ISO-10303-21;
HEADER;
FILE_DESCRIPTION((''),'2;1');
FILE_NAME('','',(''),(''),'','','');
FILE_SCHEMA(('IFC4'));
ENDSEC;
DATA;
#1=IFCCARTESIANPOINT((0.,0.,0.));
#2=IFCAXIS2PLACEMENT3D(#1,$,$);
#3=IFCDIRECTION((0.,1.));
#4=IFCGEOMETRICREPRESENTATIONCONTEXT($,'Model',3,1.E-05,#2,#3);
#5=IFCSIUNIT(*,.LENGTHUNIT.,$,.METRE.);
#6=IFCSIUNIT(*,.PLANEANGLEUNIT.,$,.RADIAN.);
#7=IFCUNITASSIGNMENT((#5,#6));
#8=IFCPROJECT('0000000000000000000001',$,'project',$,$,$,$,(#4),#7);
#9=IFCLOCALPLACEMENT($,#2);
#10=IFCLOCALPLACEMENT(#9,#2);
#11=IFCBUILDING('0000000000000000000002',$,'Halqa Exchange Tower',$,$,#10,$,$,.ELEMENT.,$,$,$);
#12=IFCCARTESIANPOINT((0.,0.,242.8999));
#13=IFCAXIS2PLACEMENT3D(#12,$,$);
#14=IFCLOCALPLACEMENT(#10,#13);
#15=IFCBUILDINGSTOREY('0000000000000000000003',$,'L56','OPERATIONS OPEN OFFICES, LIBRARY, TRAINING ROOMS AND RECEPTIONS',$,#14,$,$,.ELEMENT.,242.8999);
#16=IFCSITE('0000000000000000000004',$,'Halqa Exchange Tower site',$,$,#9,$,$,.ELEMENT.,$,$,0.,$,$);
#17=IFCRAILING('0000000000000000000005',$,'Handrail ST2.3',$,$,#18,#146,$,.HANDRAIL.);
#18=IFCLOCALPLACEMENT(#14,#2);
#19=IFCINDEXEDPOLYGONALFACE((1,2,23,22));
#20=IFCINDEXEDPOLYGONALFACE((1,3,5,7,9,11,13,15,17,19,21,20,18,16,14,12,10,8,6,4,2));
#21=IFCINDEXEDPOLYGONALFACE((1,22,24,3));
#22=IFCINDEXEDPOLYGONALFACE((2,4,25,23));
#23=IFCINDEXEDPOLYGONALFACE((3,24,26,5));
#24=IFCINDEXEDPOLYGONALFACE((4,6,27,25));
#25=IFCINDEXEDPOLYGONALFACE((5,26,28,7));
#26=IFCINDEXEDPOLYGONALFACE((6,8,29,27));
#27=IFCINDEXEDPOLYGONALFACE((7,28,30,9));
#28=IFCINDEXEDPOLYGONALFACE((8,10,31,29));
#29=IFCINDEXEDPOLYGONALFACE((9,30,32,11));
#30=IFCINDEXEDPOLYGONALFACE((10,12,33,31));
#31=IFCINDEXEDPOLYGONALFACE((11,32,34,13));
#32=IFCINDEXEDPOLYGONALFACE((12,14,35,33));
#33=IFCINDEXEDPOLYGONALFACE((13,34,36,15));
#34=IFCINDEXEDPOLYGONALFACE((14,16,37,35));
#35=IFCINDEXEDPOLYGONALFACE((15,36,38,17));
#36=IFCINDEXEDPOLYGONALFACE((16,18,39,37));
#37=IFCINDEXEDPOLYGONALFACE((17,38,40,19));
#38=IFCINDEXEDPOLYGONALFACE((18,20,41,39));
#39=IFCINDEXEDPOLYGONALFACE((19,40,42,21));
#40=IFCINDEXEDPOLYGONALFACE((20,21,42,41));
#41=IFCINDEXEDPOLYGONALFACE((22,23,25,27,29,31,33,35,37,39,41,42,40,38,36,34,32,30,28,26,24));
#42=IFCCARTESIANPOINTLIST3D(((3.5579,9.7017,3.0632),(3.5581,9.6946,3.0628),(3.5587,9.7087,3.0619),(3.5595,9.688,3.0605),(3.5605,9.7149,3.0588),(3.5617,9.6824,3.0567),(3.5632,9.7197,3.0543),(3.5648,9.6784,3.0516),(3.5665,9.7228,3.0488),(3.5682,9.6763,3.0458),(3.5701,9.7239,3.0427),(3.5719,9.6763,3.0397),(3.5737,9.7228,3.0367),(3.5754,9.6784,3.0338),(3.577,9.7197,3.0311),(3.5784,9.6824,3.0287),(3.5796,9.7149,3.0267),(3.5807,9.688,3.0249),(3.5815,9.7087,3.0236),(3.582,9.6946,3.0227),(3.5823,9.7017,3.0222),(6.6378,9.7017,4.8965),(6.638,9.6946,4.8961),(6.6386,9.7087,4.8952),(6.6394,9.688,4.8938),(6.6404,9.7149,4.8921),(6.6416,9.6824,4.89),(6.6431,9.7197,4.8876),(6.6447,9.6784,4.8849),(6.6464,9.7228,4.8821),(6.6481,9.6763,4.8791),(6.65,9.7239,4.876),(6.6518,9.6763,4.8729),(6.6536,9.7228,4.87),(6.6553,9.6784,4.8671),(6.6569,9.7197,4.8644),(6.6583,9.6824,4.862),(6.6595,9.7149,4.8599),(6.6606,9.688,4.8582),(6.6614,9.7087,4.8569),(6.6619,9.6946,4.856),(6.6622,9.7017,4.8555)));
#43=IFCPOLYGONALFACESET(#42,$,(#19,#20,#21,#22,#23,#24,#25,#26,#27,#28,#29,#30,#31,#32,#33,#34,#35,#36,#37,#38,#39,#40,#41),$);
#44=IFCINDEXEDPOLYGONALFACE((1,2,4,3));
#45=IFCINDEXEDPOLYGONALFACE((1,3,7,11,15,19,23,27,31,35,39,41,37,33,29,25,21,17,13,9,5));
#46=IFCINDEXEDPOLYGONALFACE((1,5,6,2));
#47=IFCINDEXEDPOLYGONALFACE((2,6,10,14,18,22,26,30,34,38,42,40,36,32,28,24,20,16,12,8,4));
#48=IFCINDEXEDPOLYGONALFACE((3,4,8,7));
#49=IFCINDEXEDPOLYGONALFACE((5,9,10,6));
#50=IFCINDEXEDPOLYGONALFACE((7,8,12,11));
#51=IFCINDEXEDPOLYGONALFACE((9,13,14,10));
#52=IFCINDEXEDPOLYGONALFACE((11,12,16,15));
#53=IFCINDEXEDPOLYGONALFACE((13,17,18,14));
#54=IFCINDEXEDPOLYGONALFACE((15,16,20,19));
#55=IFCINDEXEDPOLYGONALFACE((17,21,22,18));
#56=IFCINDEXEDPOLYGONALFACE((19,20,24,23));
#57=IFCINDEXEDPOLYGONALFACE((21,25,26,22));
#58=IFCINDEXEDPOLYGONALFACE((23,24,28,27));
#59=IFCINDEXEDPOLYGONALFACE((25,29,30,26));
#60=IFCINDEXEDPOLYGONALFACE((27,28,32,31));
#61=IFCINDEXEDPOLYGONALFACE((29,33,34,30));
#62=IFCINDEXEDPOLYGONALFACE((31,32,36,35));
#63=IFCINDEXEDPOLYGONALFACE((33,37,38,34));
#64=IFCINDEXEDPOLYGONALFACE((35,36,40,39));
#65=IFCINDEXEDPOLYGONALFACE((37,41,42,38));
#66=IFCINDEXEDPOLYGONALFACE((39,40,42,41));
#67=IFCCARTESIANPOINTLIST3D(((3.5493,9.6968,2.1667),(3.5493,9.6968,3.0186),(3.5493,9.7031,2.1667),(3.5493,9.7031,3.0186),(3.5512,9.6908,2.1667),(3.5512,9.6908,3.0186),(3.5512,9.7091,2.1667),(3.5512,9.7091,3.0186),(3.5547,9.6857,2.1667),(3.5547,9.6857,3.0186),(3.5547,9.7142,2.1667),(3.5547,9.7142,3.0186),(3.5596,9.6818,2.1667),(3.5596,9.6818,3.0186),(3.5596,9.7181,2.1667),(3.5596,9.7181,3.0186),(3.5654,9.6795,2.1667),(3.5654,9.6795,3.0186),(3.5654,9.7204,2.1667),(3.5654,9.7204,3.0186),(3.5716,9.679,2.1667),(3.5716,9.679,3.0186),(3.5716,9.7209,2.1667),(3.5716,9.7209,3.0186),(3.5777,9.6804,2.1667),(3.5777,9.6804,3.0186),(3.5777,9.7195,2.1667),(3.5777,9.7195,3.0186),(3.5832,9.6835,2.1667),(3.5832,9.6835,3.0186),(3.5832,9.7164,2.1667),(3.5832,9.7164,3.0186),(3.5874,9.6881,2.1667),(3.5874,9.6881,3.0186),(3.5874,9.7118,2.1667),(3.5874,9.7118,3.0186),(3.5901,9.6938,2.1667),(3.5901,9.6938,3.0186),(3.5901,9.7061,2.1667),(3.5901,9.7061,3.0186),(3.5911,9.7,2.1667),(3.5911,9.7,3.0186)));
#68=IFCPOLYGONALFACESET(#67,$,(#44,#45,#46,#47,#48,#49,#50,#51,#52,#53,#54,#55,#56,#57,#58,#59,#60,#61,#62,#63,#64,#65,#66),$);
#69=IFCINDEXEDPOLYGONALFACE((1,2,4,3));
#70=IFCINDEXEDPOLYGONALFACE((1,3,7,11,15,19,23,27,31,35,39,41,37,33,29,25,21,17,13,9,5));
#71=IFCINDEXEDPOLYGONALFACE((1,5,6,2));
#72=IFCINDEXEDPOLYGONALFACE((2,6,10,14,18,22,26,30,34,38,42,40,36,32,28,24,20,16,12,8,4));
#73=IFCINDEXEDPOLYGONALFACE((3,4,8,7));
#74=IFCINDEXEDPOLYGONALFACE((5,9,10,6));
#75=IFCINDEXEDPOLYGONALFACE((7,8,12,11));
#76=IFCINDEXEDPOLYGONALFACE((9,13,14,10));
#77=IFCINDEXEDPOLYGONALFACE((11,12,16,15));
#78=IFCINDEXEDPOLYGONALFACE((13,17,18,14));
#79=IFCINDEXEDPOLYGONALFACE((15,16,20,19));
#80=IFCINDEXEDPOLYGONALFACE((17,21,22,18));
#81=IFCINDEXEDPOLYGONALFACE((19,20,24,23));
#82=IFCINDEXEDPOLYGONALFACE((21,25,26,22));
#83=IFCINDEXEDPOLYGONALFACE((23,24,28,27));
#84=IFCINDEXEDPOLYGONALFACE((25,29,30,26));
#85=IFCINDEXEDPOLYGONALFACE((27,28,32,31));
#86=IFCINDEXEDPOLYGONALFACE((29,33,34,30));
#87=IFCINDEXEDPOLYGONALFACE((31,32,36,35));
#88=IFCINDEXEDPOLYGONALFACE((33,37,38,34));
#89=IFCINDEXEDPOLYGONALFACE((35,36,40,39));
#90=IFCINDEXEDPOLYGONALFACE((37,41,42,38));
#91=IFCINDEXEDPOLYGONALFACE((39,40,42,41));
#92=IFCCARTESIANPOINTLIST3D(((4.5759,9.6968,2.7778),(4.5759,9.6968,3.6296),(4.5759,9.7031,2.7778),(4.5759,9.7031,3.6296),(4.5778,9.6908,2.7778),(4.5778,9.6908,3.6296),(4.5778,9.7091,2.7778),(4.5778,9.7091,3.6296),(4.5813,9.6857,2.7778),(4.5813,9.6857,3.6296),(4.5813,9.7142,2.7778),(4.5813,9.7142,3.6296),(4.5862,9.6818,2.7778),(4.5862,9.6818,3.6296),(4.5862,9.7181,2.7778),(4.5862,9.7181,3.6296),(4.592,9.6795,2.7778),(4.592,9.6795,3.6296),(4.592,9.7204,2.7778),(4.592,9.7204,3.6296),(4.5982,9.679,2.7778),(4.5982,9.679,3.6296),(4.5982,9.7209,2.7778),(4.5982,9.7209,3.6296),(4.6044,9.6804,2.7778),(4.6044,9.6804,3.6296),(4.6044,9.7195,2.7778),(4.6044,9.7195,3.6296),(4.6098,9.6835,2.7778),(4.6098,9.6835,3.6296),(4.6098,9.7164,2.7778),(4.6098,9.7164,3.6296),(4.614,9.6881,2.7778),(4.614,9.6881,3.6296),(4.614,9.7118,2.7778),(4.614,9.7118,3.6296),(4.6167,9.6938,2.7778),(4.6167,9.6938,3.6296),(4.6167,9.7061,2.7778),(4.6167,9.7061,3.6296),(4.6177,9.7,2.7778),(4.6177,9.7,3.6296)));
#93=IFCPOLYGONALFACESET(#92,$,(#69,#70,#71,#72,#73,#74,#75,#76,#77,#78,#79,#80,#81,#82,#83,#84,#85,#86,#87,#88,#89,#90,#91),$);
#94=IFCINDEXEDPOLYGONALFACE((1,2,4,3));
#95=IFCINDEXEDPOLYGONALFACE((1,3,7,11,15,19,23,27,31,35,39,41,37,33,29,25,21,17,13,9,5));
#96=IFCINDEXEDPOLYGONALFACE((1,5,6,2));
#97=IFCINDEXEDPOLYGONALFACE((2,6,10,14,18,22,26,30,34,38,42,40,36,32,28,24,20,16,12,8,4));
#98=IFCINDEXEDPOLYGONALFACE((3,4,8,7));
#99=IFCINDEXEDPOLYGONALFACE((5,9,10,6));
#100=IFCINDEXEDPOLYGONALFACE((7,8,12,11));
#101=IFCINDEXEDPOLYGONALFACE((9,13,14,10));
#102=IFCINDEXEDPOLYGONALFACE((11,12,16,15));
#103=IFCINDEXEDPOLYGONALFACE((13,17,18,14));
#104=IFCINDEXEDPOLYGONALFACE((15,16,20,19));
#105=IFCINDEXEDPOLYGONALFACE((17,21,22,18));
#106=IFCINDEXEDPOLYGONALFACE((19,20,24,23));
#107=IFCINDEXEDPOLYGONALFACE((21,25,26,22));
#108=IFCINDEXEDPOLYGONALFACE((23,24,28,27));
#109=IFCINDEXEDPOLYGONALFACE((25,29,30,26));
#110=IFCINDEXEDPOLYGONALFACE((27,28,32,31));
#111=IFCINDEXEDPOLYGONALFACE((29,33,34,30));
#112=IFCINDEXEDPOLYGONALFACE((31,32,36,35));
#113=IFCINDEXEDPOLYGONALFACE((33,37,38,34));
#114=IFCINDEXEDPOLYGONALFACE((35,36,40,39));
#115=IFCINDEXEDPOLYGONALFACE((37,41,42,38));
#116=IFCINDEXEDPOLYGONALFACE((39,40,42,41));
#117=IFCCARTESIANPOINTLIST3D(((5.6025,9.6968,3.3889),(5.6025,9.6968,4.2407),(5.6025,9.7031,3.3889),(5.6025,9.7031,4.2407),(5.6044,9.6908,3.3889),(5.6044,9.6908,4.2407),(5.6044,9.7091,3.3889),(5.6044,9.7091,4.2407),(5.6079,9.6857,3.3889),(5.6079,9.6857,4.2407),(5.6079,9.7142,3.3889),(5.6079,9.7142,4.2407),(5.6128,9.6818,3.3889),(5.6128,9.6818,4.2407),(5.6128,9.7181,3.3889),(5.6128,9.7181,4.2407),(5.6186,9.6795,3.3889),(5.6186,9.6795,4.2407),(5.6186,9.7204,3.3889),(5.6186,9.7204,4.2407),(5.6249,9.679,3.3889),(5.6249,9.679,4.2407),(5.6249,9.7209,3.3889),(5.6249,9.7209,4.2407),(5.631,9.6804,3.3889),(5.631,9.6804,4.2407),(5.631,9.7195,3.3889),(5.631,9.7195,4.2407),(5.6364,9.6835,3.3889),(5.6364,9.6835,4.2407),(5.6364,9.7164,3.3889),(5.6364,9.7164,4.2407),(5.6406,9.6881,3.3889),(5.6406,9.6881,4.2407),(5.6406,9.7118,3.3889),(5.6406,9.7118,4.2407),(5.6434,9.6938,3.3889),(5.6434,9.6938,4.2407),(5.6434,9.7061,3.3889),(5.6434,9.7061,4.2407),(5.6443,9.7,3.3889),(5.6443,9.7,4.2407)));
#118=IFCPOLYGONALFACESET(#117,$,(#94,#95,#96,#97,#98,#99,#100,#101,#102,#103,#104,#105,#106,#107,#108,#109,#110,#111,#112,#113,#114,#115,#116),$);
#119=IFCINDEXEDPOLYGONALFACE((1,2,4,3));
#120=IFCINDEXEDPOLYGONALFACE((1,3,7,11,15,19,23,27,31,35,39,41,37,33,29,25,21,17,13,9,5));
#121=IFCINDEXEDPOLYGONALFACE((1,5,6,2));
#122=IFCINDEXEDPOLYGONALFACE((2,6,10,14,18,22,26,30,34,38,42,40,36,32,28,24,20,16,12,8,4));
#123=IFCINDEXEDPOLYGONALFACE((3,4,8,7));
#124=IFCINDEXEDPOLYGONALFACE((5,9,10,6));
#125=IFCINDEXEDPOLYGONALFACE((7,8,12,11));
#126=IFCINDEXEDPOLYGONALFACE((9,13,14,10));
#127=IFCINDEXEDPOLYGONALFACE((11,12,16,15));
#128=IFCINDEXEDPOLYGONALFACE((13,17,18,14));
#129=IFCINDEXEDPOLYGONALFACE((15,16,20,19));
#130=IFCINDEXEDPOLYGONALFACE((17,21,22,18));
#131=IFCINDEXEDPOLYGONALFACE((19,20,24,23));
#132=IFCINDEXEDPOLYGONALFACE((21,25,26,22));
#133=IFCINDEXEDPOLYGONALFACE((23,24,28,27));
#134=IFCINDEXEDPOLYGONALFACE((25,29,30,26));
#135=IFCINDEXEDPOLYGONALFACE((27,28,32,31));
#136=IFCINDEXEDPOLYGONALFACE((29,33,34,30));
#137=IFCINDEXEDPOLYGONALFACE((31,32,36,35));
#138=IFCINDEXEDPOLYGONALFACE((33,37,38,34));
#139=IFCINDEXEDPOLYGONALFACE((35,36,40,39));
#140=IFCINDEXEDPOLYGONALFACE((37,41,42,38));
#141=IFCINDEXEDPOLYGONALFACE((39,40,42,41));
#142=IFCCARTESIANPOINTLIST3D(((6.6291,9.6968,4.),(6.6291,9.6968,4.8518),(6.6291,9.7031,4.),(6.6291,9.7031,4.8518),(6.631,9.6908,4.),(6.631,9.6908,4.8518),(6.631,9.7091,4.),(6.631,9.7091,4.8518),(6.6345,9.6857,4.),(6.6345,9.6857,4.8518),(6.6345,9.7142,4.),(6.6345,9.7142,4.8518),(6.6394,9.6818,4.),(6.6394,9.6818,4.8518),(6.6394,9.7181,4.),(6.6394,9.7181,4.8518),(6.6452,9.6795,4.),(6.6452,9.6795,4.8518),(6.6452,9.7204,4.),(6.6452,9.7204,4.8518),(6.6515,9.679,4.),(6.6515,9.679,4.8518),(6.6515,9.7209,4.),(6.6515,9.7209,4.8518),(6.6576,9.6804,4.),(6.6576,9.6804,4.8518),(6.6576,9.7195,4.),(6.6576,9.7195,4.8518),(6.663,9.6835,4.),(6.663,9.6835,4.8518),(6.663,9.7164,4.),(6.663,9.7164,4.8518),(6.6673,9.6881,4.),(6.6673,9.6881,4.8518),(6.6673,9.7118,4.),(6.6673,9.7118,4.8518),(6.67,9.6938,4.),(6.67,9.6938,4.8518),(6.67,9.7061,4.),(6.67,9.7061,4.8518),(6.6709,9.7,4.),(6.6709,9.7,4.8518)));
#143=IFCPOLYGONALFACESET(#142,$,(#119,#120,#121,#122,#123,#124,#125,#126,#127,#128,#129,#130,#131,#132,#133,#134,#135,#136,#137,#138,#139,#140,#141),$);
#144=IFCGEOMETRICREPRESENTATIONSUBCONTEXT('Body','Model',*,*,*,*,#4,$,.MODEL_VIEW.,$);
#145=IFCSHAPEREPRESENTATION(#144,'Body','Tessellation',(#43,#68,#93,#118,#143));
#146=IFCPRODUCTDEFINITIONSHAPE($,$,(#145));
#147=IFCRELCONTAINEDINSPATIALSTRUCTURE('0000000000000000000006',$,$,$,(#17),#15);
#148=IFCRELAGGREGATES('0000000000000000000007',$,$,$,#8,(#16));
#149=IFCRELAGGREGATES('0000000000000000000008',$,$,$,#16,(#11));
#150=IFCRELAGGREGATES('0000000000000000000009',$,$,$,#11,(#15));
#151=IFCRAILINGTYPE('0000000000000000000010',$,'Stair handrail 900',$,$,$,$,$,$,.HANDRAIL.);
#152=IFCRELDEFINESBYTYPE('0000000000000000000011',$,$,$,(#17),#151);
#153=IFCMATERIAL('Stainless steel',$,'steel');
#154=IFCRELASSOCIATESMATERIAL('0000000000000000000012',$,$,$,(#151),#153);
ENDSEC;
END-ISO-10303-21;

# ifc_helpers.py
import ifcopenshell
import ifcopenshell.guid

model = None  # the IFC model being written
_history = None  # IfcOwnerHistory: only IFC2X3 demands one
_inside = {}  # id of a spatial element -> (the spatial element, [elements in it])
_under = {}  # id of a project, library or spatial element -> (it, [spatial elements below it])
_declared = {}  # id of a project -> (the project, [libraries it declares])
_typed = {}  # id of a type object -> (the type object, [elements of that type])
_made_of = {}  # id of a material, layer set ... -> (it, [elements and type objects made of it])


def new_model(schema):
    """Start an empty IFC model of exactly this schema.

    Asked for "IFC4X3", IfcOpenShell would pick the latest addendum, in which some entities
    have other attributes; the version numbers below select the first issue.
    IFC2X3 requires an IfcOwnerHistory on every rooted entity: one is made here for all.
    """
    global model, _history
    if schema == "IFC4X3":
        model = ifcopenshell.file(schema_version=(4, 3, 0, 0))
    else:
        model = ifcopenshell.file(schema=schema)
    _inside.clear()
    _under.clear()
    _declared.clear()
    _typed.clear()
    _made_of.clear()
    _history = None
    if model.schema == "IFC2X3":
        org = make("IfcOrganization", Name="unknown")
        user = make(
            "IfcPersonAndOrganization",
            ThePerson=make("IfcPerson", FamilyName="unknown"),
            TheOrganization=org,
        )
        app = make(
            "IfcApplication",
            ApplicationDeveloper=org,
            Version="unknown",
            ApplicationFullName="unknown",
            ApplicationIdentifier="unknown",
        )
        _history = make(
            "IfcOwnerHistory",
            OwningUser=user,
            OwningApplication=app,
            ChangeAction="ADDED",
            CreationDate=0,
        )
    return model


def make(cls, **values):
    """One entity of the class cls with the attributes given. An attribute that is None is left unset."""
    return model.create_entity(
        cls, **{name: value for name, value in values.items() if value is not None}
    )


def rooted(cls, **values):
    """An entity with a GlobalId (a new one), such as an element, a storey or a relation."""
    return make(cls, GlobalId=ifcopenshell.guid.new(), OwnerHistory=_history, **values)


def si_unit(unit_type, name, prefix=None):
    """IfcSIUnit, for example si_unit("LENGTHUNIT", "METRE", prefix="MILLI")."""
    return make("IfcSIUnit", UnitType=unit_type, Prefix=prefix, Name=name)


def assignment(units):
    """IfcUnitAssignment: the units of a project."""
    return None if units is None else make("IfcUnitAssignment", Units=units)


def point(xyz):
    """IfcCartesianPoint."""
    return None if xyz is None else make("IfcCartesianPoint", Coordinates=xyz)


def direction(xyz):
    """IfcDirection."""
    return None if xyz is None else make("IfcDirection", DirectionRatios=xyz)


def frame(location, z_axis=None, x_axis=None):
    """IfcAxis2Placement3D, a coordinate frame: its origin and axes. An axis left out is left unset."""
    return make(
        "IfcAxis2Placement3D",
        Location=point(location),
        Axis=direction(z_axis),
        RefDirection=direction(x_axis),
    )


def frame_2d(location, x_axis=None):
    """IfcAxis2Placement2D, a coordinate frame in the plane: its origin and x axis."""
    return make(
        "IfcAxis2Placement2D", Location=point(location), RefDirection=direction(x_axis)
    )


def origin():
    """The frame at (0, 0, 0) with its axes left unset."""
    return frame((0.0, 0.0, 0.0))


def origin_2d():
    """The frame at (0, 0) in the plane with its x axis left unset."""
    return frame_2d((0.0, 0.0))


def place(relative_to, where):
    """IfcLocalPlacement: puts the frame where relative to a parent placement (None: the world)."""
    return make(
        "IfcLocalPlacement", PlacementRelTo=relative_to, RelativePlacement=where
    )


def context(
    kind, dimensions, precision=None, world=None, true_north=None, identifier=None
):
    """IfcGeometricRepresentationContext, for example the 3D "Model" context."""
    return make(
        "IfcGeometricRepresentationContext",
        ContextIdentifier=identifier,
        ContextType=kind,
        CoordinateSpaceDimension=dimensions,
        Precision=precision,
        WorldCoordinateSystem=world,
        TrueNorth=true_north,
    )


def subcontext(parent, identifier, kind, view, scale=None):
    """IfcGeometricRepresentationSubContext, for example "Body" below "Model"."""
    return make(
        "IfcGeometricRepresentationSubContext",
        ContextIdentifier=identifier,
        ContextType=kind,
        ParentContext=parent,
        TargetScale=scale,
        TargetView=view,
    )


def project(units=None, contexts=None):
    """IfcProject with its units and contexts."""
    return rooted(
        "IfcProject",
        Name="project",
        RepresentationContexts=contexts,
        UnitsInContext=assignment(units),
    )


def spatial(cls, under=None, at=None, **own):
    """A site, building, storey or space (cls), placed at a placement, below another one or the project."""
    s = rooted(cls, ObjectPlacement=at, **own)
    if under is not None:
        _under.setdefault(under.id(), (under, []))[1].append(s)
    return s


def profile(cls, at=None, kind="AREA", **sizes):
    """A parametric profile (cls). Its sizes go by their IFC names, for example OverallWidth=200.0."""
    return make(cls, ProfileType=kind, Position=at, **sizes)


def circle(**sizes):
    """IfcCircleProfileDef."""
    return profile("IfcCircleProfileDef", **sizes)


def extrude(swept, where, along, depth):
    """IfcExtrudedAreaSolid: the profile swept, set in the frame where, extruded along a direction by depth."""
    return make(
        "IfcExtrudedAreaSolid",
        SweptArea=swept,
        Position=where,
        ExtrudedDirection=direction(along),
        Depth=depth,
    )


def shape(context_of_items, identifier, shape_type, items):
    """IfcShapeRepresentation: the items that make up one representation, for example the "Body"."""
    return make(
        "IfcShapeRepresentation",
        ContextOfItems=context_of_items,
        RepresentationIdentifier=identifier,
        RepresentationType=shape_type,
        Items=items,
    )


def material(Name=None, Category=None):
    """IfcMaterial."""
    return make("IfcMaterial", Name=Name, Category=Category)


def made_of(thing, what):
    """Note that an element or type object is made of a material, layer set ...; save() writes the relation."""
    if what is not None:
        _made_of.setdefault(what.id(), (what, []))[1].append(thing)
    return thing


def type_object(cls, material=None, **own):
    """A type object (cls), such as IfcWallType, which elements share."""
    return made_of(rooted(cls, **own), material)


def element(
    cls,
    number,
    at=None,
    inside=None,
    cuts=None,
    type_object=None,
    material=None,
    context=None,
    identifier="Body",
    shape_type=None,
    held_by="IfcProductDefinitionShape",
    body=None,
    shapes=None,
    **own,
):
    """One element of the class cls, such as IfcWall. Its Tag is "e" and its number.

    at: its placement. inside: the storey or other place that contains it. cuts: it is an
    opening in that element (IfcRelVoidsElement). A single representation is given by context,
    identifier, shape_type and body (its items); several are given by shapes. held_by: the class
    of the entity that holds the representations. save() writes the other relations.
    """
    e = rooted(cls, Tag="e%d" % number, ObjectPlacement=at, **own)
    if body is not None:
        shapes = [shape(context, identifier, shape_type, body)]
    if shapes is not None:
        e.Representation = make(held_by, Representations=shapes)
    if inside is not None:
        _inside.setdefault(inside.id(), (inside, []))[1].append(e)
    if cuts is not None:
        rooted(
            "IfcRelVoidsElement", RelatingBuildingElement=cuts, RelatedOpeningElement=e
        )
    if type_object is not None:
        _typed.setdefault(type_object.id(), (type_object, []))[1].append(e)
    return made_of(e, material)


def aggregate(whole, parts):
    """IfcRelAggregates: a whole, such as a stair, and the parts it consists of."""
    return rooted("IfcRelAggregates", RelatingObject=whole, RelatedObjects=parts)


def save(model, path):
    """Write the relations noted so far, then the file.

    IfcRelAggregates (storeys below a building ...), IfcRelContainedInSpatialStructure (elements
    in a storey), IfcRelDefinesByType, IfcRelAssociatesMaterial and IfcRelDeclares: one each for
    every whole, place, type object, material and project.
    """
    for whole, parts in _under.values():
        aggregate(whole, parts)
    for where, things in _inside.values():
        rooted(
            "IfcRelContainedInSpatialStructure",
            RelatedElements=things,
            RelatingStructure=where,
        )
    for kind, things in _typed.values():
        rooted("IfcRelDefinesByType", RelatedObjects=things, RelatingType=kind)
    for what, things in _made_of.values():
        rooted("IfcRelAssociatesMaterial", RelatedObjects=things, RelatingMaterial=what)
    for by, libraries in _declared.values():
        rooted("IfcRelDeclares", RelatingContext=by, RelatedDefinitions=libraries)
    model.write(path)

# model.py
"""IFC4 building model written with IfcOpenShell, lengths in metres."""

from ifc_helpers import new_model, si_unit, direction, frame, origin, origin_2d, place, context, subcontext, project, spatial, circle, extrude, material, type_object, element, save


model = new_model("IFC4")

# Units and contexts
model_context = context("Model", 3, precision=1e-05, world=origin(), true_north=direction((0.0, 1.0)))
body_context = subcontext(model_context, "Body", "Model", "MODEL_VIEW")
ifc_project = project(units=[si_unit("LENGTHUNIT", "METRE"), si_unit("PLANEANGLEUNIT", "RADIAN")], contexts=[model_context])

# Site, building, storey
site_placement = place(None, origin())
site = spatial("IfcSite", under=ifc_project, at=site_placement, Name="Halqa Exchange Tower site", CompositionType="ELEMENT", RefElevation=0.0)
building_placement = place(site_placement, origin())
building = spatial("IfcBuilding", under=site, at=building_placement, Name="Halqa Exchange Tower", CompositionType="ELEMENT")
storey_placement = place(building_placement, frame((0.0, 0.0, 242.8999)))
storey = spatial("IfcBuildingStorey", under=building, at=storey_placement, Name="L56", Description="OPERATIONS OPEN OFFICES, LIBRARY, TRAINING ROOMS AND RECEPTIONS", CompositionType="ELEMENT", Elevation=242.8999)

# Railing
ifc_material_1 = material(Name="Stainless steel", Category="steel")
railing_type_1 = type_object("IfcRailingType", Name="Stair handrail 900", PredefinedType="HANDRAIL", material=ifc_material_1)
railing_1_placement = place(storey_placement, frame((3.5701, 9.7, 2.1667)))
element("IfcRailing", 1, at=railing_1_placement, inside=storey, type_object=railing_type_1, Name="Handrail ST2.3", PredefinedType="HANDRAIL", context=body_context, shape_type="SweptSolid", body=[
    extrude(circle(Radius=0.0239, at=origin_2d()), frame((0.0, 0.0, 0.876), z_axis=(0.859291, 0.0, 0.511487), x_axis=(0.0, 1.0, 0.0)), (0.0, 0.0, 1.0), 3.5842),
    extrude(circle(Radius=0.021, at=origin_2d()), origin(), (0.0, 0.0, 1.0), 0.8518),
    extrude(circle(Radius=0.021, at=origin_2d()), frame((1.0266, 0.0, 0.6111)), (0.0, 0.0, 1.0), 0.8518),
    extrude(circle(Radius=0.021, at=origin_2d()), frame((2.0532, 0.0, 1.2222)), (0.0, 0.0, 1.0), 0.8518),
    extrude(circle(Radius=0.021, at=origin_2d()), frame((3.0798, 0.0, 1.8333)), (0.0, 0.0, 1.0), 0.8518),
])

save(model, "model.ifc")
